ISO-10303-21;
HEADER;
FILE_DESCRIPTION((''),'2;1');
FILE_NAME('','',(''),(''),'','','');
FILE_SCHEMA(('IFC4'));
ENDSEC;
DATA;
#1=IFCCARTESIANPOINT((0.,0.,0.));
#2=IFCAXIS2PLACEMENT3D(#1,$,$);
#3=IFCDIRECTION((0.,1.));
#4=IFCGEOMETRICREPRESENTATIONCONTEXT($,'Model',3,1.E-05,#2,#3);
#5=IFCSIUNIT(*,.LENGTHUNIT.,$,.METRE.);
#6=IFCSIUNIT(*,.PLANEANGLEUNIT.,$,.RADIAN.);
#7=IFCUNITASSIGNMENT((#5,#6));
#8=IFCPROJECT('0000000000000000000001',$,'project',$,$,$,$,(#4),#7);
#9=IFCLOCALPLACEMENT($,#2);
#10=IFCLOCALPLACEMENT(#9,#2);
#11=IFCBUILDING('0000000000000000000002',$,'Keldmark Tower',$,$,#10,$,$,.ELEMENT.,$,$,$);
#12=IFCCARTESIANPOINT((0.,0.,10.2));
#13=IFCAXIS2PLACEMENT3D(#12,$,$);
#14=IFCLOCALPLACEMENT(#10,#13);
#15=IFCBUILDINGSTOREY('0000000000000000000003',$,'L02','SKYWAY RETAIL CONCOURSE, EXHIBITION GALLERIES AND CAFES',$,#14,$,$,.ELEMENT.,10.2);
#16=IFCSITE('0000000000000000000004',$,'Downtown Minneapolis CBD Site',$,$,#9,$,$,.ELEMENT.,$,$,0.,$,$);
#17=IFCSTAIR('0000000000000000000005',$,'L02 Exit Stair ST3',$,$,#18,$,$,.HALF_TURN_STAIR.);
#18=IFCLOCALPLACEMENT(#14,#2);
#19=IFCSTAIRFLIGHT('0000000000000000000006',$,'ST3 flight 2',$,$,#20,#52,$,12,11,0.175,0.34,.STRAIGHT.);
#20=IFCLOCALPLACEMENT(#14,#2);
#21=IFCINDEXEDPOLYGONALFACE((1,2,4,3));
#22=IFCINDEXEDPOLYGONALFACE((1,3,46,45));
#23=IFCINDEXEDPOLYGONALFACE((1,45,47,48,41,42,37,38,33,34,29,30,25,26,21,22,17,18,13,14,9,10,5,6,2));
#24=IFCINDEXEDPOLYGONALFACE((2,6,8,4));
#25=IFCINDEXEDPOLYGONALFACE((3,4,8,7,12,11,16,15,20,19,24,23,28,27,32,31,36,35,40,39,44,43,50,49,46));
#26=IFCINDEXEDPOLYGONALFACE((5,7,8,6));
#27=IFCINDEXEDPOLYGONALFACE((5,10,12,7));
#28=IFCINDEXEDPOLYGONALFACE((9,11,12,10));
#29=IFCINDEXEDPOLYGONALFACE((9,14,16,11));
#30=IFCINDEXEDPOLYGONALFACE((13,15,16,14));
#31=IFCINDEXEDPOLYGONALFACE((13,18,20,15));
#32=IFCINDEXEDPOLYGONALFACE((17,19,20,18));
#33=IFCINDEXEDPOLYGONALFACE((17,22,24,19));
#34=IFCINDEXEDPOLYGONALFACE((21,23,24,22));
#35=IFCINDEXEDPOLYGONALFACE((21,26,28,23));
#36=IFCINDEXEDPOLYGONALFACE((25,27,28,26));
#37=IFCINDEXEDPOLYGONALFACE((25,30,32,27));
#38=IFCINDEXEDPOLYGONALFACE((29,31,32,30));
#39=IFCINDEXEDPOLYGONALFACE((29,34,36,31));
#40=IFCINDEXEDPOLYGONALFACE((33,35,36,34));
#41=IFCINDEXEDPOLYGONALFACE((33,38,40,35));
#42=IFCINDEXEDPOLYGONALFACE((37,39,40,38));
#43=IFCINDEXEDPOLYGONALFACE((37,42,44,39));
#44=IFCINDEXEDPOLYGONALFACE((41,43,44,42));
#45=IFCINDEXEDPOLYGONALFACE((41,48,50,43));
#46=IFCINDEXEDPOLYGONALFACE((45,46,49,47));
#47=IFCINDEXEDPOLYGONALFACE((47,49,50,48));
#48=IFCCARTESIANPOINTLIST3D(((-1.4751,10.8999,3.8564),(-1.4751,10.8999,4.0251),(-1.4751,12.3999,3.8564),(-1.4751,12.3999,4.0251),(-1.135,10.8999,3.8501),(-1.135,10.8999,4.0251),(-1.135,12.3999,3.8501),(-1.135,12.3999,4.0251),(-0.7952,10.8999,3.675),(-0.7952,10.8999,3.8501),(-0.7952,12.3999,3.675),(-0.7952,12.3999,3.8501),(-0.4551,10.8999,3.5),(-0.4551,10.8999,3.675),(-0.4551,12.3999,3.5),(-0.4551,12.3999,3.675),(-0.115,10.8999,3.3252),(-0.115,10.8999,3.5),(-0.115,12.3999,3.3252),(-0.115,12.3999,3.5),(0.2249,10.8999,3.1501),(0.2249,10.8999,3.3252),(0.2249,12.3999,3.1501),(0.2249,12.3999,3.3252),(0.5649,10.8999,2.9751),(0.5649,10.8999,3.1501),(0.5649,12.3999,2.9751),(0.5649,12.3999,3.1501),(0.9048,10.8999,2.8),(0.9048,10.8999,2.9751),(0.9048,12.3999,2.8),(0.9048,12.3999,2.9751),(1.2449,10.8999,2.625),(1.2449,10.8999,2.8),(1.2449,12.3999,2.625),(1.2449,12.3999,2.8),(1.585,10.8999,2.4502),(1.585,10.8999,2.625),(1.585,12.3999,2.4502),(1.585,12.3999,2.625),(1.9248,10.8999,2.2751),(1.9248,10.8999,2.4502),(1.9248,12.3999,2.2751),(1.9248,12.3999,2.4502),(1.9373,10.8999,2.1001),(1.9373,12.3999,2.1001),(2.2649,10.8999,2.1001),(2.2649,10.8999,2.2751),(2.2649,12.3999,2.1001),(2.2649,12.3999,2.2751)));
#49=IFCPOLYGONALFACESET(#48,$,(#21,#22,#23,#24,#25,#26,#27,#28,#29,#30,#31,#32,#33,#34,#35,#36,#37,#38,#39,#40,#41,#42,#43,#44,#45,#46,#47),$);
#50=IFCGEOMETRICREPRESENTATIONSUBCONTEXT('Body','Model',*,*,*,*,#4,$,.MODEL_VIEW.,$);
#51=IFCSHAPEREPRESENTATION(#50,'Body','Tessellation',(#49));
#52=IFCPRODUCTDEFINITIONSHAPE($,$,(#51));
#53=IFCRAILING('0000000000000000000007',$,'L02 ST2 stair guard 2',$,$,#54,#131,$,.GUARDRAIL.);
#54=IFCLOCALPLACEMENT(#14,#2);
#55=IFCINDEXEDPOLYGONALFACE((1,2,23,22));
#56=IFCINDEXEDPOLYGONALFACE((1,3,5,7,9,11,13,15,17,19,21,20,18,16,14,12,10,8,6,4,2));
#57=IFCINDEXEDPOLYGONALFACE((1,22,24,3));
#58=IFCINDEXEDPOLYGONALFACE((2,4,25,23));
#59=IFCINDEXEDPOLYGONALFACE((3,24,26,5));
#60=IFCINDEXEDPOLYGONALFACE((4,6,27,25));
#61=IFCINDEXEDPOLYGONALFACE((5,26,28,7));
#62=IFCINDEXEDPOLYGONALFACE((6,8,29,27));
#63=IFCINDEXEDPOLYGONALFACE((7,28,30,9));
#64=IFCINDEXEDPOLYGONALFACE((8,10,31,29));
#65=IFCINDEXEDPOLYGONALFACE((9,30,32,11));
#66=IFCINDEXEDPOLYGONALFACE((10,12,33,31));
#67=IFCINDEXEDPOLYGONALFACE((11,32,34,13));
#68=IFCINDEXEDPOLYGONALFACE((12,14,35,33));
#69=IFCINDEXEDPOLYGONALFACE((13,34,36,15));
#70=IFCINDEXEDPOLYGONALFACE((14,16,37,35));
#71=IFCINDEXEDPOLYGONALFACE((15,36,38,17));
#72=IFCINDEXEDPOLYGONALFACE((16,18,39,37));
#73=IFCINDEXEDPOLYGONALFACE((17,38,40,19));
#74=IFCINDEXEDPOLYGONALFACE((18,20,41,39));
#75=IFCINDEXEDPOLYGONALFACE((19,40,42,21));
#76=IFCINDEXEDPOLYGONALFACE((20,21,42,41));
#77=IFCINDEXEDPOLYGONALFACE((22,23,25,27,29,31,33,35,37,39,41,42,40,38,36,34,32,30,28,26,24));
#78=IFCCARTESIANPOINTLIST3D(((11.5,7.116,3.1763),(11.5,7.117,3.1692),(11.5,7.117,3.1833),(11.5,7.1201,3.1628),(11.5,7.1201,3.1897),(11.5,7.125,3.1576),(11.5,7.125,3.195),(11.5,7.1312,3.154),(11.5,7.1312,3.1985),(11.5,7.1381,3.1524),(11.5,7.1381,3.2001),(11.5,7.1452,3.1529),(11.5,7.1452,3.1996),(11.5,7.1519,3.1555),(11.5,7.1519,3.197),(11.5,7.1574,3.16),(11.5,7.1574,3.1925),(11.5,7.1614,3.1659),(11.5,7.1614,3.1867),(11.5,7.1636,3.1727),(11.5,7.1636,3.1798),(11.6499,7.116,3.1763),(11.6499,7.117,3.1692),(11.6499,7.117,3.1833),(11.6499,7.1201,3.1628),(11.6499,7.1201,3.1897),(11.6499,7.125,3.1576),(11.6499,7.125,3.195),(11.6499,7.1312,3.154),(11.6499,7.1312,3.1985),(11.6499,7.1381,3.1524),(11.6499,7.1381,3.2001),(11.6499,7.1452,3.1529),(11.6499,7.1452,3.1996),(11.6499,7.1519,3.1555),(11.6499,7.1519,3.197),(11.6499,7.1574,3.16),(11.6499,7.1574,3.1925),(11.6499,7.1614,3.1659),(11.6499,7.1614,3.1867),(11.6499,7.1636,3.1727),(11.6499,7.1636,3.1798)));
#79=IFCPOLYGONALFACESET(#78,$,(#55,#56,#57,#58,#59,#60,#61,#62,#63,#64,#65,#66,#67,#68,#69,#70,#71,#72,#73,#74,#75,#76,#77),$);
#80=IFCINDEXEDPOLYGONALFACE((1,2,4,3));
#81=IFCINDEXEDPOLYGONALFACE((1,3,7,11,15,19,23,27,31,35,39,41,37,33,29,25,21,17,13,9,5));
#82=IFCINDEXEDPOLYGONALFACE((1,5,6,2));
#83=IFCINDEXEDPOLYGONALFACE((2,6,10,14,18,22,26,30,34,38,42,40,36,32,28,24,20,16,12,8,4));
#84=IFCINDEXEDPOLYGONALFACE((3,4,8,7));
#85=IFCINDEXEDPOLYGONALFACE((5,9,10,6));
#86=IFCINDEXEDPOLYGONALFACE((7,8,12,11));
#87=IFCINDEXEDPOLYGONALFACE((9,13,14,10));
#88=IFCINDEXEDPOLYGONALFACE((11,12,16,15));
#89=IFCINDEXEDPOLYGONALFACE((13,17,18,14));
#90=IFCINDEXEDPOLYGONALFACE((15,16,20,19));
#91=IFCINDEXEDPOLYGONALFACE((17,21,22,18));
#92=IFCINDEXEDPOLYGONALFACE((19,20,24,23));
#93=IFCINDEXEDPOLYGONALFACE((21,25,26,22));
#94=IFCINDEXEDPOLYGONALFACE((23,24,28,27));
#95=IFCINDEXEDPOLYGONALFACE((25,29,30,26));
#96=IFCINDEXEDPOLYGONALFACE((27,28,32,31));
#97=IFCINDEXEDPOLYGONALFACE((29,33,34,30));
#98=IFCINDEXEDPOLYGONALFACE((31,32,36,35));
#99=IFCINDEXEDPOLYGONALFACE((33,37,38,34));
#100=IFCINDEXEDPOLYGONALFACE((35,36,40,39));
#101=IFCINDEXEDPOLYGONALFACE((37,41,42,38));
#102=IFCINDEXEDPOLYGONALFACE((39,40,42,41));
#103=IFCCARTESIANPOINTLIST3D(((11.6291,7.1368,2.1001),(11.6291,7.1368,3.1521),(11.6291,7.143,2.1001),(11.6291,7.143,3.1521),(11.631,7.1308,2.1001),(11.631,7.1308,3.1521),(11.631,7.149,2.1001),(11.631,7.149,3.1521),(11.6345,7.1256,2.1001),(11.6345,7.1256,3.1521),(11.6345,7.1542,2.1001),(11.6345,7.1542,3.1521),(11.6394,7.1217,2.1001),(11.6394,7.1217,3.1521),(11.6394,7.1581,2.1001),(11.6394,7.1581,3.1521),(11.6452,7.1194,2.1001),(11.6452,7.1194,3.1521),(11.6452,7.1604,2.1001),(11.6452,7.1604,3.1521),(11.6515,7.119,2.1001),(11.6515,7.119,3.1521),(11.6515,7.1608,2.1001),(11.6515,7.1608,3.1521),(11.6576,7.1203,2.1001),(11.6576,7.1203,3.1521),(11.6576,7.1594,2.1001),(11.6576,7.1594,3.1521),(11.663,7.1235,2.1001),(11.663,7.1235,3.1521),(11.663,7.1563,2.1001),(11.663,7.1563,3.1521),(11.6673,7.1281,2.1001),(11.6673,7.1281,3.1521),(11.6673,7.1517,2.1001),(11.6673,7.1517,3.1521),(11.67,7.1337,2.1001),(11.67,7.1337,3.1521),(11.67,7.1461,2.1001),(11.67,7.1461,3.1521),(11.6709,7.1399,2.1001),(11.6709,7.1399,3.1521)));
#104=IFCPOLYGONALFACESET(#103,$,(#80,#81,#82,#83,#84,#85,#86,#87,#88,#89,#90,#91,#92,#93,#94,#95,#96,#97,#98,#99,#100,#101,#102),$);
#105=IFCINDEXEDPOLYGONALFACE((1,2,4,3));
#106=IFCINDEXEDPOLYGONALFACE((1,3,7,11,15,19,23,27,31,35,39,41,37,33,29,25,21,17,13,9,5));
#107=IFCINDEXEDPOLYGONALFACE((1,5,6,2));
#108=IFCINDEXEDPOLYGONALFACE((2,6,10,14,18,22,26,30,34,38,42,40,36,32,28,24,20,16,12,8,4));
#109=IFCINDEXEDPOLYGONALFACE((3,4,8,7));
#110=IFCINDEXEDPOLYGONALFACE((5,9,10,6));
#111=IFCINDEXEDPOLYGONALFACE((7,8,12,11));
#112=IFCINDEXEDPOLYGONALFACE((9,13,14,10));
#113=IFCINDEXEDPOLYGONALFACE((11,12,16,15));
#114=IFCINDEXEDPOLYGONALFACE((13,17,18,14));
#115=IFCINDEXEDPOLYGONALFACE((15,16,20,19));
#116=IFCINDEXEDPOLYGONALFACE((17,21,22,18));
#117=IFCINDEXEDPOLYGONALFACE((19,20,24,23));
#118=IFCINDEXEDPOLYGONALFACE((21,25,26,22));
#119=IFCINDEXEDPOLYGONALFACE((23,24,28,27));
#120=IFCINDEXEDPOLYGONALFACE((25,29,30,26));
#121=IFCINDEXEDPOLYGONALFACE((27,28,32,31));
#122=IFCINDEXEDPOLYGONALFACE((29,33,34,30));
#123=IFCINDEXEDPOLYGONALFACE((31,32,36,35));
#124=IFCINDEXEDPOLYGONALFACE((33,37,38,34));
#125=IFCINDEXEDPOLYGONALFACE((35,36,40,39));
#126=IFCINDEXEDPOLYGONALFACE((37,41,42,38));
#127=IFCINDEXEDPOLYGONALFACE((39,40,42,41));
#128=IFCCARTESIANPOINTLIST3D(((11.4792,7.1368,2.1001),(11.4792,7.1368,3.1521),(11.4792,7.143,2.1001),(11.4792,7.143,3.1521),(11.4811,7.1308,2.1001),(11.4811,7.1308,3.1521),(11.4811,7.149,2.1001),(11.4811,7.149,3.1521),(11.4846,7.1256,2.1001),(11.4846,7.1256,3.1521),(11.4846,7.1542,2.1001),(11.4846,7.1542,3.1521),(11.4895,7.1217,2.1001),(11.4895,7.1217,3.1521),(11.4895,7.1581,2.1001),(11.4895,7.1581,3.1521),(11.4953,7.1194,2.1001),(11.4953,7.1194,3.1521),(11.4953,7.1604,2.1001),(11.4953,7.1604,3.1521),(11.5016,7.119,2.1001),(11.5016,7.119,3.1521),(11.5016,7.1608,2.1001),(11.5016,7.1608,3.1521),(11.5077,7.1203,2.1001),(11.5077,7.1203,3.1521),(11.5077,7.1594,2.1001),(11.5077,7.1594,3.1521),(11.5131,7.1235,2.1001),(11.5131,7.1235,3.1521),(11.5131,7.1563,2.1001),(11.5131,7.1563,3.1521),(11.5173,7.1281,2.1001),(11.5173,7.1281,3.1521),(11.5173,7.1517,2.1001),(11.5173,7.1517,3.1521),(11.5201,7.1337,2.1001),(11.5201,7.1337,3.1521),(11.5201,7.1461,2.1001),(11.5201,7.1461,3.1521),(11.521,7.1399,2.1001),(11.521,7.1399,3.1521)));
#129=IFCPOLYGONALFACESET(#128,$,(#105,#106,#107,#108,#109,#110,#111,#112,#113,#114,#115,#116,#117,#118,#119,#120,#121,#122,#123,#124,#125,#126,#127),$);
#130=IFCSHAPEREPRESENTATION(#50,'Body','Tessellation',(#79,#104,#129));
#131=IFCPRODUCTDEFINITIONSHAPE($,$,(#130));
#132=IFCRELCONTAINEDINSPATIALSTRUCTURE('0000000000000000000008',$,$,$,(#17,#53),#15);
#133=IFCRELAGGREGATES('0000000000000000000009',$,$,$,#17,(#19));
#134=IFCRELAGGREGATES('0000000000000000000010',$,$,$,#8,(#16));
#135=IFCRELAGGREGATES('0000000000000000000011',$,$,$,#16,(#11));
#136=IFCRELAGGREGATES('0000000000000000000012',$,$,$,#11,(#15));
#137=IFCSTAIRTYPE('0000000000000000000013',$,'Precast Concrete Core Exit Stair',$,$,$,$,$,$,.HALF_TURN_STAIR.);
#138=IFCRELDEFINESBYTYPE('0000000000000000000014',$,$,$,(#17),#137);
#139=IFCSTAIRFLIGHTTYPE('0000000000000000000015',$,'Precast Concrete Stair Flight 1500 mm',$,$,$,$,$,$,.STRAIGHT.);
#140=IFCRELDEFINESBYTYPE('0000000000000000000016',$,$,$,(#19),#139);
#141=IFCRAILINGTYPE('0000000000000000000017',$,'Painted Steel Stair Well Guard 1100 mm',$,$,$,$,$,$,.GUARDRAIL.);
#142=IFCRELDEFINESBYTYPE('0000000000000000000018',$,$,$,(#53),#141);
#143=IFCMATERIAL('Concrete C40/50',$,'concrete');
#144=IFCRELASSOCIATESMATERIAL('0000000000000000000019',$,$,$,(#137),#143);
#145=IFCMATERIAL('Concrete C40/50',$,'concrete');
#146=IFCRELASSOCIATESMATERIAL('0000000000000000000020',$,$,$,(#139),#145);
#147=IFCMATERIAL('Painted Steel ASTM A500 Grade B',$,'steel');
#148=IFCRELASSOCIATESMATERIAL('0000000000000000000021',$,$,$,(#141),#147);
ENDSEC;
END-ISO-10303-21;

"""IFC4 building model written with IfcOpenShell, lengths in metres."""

from ifc_helpers import new_model, si_unit, direction, frame, origin, origin_2d, place, context, subcontext, project, spatial, polyline, circle, outline, extrude, material, type_object, element, aggregate, save


model = new_model("IFC4")

# Units and contexts
model_context = context("Model", 3, precision=1e-05, world=origin(), true_north=direction((0.0, 1.0)))
body_context = subcontext(model_context, "Body", "Model", "MODEL_VIEW")
ifc_project = project(units=[si_unit("LENGTHUNIT", "METRE"), si_unit("PLANEANGLEUNIT", "RADIAN")], contexts=[model_context])

# Site, building, storey
site_placement = place(None, origin())
site = spatial("IfcSite", under=ifc_project, at=site_placement, Name="Downtown Minneapolis CBD Site", CompositionType="ELEMENT", RefElevation=0.0)
building_placement = place(site_placement, origin())
building = spatial("IfcBuilding", under=site, at=building_placement, Name="Keldmark Tower", CompositionType="ELEMENT")
storey_placement = place(building_placement, frame((0.0, 0.0, 10.2)))
storey = spatial("IfcBuildingStorey", under=building, at=storey_placement, Name="L02", Description="SKYWAY RETAIL CONCOURSE, EXHIBITION GALLERIES AND CAFES", CompositionType="ELEMENT", Elevation=10.2)

# Stair, stair flight
ifc_material_1 = material(Name="Concrete C40/50", Category="concrete")
stair_type = type_object("IfcStairType", Name="Precast Concrete Core Exit Stair", PredefinedType="HALF_TURN_STAIR", material=ifc_material_1)
ifc_material_2 = material(Name="Concrete C40/50", Category="concrete")
stair_flight_type = type_object("IfcStairFlightType", Name="Precast Concrete Stair Flight 1500 mm", PredefinedType="STRAIGHT", material=ifc_material_2)
stair_1_placement = place(storey_placement, origin())
stair_1 = element("IfcStair", 1, at=stair_1_placement, inside=storey, type_object=stair_type, Name="L02 Exit Stair ST3", PredefinedType="HALF_TURN_STAIR")
stair_flight_1_placement = place(storey_placement, frame((2.2649, 11.6499, 2.1001), z_axis=(0.0, 0.0, 1.0), x_axis=(-1.0, 0.0, 0.0)))
stair_flight_1 = element("IfcStairFlight", 2, at=stair_flight_1_placement, type_object=stair_flight_type, Name="ST3 flight 2", NumberOfRisers=12, NumberOfTreads=11, PredefinedType="STRAIGHT", RiserHeight=0.175, TreadLength=0.34, context=body_context, shape_type="SweptSolid", body=[
    extrude(outline(polyline([(0.0, 0.0), (0.0, 0.175), (0.3401, 0.175), (0.3401, 0.3501), (0.6799, 0.3501), (0.6799, 0.5249), (1.02, 0.5249), (1.02, 0.7), (1.3601, 0.7), (1.3601, 0.875), (1.7, 0.875), (1.7, 1.05), (2.04, 1.05), (2.04, 1.2251), (2.3799, 1.2251), (2.3799, 1.3999), (2.72, 1.3999), (2.72, 1.575), (3.0601, 1.575), (3.0601, 1.75), (3.3999, 1.75), (3.3999, 1.925), (3.74, 1.925), (3.74, 2.1001), (3.74, 1.7563), (0.3276, 0.0), (0.0, 0.0)])), frame((0.0, 0.75, 0.0), z_axis=(0.0, -1.0, 0.0), x_axis=(1.0, 0.0, 0.0)), (0.0, 0.0, 1.0), 1.5),
])
aggregate(stair_1, [stair_flight_1])

# Railing
ifc_material_3 = material(Name="Painted Steel ASTM A500 Grade B", Category="steel")
railing_type_1 = type_object("IfcRailingType", Name="Painted Steel Stair Well Guard 1100 mm", PredefinedType="GUARDRAIL", material=ifc_material_3)
railing_1_placement = place(storey_placement, frame((11.6499, 7.1399, 2.1001)))
element("IfcRailing", 3, at=railing_1_placement, inside=storey, type_object=railing_type_1, Name="L02 ST2 stair guard 2", PredefinedType="GUARDRAIL", context=body_context, shape_type="SweptSolid", body=[
    extrude(circle(Radius=0.0239, at=origin_2d()), frame((0.0, 0.0, 1.0762), z_axis=(-1.0, 0.0, 0.0), x_axis=(0.0, -1.0, 0.0)), (0.0, 0.0, 1.0), 0.1499),
    extrude(circle(Radius=0.021, at=origin_2d()), origin(), (0.0, 0.0, 1.0), 1.052),
    extrude(circle(Radius=0.021, at=origin_2d()), frame((-0.1499, 0.0, 0.0)), (0.0, 0.0, 1.0), 1.052),
])

save(model, "model.ifc")
